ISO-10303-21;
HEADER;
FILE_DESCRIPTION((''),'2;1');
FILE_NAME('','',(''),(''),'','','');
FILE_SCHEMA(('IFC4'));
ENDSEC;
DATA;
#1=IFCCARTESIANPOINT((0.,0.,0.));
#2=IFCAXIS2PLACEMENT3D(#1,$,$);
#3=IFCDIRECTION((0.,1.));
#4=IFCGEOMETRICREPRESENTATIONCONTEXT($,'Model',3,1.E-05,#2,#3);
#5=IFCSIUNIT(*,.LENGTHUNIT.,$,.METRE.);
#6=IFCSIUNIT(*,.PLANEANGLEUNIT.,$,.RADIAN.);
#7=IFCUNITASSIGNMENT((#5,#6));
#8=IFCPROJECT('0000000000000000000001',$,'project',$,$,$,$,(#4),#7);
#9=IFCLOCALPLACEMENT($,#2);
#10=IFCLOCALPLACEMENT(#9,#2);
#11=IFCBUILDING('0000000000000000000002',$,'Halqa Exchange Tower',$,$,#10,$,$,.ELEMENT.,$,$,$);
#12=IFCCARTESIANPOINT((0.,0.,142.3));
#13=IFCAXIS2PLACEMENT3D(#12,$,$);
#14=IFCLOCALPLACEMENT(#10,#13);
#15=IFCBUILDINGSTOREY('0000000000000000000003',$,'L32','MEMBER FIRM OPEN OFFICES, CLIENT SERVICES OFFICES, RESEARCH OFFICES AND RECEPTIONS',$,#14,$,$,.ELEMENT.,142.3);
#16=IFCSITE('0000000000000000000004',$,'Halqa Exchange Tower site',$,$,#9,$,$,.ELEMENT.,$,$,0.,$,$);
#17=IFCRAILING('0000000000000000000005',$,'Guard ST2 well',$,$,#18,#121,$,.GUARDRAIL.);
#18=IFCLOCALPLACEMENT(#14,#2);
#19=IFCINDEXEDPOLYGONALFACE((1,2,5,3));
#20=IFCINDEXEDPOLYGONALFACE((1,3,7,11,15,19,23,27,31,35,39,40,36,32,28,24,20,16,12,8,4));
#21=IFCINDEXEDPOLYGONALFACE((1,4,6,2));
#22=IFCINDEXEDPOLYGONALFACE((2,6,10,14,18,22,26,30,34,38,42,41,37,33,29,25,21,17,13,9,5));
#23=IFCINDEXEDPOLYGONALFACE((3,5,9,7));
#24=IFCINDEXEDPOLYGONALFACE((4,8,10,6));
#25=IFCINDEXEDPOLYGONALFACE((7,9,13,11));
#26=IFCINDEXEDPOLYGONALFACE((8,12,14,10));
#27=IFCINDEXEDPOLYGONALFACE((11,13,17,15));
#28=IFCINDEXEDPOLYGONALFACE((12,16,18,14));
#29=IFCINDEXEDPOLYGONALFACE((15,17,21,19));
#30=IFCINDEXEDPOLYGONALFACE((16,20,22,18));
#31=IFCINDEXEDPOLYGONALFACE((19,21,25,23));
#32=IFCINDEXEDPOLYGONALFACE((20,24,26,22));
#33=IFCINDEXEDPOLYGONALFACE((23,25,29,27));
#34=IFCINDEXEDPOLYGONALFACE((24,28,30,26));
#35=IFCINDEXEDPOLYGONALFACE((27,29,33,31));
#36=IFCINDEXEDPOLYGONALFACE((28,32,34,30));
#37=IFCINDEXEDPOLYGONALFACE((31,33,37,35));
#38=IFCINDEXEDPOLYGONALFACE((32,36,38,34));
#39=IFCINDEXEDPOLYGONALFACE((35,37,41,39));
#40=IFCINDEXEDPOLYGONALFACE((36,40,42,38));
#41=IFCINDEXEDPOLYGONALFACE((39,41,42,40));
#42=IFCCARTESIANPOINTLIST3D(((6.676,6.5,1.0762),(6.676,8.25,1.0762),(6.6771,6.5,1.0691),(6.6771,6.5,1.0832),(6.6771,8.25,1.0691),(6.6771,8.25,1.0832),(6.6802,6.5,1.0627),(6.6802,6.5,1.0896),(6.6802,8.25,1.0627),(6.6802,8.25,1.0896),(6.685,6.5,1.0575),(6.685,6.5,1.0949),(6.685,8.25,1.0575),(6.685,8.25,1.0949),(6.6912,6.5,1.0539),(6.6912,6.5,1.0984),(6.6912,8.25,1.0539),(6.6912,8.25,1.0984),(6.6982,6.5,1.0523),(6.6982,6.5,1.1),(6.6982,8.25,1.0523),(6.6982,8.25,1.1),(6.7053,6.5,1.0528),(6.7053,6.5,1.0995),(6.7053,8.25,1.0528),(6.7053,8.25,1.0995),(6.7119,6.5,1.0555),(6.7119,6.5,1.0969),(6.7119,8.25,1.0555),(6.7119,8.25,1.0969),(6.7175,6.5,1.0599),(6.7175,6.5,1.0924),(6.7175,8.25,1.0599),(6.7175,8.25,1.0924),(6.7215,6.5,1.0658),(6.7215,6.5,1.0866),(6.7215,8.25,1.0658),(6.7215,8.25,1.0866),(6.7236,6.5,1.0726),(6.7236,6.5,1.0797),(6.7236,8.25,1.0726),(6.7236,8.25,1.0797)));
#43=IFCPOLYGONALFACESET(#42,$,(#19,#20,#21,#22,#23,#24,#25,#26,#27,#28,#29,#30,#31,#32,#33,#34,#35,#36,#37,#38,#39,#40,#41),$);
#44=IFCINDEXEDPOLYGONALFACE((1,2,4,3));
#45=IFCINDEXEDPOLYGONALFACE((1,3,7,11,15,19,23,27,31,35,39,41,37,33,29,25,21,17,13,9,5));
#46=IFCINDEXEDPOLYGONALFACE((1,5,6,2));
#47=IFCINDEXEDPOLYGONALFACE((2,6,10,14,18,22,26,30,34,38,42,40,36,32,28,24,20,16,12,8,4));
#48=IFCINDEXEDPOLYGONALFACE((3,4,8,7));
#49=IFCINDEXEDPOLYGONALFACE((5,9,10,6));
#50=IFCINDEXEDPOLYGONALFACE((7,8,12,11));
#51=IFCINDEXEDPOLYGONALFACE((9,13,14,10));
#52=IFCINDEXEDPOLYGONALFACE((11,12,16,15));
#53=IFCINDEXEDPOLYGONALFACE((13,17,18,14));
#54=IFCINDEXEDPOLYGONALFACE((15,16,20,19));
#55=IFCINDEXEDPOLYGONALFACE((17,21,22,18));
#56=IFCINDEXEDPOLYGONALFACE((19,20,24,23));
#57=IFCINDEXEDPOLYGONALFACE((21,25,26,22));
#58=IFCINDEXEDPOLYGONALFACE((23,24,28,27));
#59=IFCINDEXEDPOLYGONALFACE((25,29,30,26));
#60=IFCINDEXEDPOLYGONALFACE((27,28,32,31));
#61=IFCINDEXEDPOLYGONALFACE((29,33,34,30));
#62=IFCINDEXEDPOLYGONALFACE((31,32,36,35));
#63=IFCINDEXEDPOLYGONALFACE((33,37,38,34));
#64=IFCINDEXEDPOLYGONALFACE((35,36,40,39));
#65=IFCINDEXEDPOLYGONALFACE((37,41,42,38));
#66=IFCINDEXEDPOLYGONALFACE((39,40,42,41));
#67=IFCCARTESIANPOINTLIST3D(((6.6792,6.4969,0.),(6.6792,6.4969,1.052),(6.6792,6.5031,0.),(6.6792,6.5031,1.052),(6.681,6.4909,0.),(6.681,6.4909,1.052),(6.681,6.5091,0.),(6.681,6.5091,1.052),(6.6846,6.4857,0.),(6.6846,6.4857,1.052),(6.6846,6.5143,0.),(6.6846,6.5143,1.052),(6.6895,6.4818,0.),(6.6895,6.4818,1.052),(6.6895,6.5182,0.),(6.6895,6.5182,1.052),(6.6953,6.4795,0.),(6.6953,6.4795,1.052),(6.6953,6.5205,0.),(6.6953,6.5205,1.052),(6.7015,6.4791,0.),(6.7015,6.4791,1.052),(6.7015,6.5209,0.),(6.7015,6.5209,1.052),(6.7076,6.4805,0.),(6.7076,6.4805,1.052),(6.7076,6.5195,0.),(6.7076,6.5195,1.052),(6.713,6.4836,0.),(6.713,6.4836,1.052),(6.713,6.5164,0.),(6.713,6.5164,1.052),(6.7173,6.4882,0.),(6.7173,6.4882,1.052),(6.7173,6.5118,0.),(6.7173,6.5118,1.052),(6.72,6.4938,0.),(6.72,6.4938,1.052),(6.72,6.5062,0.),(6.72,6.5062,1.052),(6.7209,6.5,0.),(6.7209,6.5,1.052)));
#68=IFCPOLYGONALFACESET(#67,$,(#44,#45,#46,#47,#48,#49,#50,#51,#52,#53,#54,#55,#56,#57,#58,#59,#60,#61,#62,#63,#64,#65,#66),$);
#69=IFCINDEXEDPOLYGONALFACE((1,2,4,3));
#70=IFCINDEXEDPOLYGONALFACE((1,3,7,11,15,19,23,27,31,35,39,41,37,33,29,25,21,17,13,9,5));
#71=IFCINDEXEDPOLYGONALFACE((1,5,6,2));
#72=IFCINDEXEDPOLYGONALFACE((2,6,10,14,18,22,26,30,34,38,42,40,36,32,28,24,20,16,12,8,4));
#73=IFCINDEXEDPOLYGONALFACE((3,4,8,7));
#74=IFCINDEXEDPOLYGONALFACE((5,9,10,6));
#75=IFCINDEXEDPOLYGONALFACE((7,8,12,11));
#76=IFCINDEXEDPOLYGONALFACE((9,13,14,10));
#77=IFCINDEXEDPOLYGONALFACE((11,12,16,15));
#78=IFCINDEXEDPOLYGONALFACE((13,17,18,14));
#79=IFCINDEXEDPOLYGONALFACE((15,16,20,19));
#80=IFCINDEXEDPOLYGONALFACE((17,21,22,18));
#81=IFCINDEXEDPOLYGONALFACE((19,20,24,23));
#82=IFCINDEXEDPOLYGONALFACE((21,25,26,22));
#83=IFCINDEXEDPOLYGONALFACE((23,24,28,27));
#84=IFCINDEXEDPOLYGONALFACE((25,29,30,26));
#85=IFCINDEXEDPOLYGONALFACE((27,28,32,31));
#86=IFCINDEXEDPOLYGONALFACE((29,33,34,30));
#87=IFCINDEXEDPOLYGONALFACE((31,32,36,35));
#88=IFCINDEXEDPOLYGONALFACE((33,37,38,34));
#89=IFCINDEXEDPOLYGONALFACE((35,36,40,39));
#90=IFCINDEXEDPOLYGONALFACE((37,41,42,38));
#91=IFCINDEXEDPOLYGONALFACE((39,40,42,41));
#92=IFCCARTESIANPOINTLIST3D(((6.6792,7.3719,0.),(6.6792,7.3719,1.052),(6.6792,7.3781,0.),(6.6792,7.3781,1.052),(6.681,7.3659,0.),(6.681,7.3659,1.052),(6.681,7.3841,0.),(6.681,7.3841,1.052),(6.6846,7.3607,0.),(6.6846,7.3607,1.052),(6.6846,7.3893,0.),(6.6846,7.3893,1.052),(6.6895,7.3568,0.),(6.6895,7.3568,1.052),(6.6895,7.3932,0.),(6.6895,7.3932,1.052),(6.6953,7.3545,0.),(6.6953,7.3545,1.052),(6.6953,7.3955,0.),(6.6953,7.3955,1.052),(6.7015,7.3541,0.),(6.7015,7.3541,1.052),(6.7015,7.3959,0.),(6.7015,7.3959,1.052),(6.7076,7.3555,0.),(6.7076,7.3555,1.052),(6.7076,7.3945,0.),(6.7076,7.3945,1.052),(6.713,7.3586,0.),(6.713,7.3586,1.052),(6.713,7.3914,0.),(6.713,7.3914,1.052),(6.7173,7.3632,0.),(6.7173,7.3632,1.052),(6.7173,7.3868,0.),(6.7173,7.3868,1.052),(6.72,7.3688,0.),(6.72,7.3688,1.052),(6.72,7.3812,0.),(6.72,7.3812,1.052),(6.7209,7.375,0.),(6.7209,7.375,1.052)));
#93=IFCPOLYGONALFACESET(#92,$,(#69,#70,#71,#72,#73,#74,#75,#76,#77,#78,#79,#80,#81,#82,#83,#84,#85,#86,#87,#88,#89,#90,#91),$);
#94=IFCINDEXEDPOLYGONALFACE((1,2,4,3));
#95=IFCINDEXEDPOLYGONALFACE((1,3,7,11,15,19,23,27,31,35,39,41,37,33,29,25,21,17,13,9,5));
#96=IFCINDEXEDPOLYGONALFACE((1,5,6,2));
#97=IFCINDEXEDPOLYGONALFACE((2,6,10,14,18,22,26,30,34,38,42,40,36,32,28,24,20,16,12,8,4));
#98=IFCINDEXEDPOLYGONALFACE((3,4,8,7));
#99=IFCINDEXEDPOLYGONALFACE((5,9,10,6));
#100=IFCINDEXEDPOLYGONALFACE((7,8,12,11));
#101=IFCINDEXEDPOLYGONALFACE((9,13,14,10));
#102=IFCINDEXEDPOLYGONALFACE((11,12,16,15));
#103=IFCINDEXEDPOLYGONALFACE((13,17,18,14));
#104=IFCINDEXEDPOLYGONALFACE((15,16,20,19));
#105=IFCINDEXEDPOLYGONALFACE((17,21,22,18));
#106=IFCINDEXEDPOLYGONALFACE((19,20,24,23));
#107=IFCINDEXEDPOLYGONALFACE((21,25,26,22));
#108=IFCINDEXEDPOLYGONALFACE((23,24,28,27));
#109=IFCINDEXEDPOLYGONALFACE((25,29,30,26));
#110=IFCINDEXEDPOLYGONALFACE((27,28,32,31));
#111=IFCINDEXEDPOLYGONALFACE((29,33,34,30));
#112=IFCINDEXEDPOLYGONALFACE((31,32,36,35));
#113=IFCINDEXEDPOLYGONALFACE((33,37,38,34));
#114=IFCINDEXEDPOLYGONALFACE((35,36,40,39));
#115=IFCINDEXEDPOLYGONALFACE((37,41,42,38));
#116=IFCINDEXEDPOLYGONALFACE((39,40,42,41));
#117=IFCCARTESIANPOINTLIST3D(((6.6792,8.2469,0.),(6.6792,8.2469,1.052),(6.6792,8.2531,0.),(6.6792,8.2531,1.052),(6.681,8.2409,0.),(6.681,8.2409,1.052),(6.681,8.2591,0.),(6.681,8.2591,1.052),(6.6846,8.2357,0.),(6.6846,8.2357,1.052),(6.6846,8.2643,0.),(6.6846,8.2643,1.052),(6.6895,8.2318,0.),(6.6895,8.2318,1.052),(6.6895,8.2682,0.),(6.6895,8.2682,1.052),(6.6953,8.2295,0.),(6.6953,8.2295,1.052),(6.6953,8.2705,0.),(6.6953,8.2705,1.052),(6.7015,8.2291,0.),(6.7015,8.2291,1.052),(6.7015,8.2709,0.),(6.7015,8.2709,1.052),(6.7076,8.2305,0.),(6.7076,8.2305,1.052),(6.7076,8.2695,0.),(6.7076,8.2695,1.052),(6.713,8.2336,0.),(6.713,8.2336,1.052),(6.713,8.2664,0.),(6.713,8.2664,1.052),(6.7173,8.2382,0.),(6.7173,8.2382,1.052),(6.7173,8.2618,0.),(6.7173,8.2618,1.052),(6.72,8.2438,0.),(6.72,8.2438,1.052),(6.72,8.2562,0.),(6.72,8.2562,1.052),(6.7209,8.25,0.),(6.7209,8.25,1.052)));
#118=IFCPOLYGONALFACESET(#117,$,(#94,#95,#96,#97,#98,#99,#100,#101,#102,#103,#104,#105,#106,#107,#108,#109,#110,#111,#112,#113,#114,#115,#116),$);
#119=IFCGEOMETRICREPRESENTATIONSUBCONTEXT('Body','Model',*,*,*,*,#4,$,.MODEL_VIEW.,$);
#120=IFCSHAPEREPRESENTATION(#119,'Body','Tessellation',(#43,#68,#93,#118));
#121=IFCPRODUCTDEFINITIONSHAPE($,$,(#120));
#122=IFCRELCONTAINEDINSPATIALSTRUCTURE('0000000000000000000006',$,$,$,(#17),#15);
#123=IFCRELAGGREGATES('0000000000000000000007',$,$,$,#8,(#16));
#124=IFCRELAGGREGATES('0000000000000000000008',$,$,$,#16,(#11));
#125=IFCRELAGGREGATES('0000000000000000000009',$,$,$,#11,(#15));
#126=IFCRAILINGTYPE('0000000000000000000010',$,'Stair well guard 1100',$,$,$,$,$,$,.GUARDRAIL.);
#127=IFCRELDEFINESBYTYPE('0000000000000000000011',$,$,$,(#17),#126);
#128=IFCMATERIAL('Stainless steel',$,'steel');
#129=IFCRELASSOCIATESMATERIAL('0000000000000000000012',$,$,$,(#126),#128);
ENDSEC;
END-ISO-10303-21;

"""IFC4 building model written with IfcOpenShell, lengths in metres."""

from ifc_helpers import new_model, si_unit, direction, frame, origin, origin_2d, place, context, subcontext, project, spatial, circle, extrude, material, type_object, element, save


model = new_model("IFC4")

# Units and contexts
model_context = context("Model", 3, precision=1e-05, world=origin(), true_north=direction((0.0, 1.0)))
body_context = subcontext(model_context, "Body", "Model", "MODEL_VIEW")
ifc_project = project(units=[si_unit("LENGTHUNIT", "METRE"), si_unit("PLANEANGLEUNIT", "RADIAN")], contexts=[model_context])

# Site, building, storey
site_placement = place(None, origin())
site = spatial("IfcSite", under=ifc_project, at=site_placement, Name="Halqa Exchange Tower site", CompositionType="ELEMENT", RefElevation=0.0)
building_placement = place(site_placement, origin())
building = spatial("IfcBuilding", under=site, at=building_placement, Name="Halqa Exchange Tower", CompositionType="ELEMENT")
storey_placement = place(building_placement, frame((0.0, 0.0, 142.3)))
storey = spatial("IfcBuildingStorey", under=building, at=storey_placement, Name="L32", Description="MEMBER FIRM OPEN OFFICES, CLIENT SERVICES OFFICES, RESEARCH OFFICES AND RECEPTIONS", CompositionType="ELEMENT", Elevation=142.3)

# Railing
ifc_material_1 = material(Name="Stainless steel", Category="steel")
railing_type_1 = type_object("IfcRailingType", Name="Stair well guard 1100", PredefinedType="GUARDRAIL", material=ifc_material_1)
railing_1_placement = place(storey_placement, frame((6.7, 6.5, 0.0)))
element("IfcRailing", 1, at=railing_1_placement, inside=storey, type_object=railing_type_1, Name="Guard ST2 well", PredefinedType="GUARDRAIL", context=body_context, shape_type="SweptSolid", body=[
    extrude(circle(Radius=0.0239, at=origin_2d()), frame((0.0, 0.0, 1.0762), z_axis=(0.0, 1.0, 0.0), x_axis=(-1.0, 0.0, 0.0)), (0.0, 0.0, 1.0), 1.75),
    extrude(circle(Radius=0.021, at=origin_2d()), origin(), (0.0, 0.0, 1.0), 1.052),
    extrude(circle(Radius=0.021, at=origin_2d()), frame((0.0, 0.875, 0.0)), (0.0, 0.0, 1.0), 1.052),
    extrude(circle(Radius=0.021, at=origin_2d()), frame((0.0, 1.75, 0.0)), (0.0, 0.0, 1.0), 1.052),
])

save(model, "model.ifc")
